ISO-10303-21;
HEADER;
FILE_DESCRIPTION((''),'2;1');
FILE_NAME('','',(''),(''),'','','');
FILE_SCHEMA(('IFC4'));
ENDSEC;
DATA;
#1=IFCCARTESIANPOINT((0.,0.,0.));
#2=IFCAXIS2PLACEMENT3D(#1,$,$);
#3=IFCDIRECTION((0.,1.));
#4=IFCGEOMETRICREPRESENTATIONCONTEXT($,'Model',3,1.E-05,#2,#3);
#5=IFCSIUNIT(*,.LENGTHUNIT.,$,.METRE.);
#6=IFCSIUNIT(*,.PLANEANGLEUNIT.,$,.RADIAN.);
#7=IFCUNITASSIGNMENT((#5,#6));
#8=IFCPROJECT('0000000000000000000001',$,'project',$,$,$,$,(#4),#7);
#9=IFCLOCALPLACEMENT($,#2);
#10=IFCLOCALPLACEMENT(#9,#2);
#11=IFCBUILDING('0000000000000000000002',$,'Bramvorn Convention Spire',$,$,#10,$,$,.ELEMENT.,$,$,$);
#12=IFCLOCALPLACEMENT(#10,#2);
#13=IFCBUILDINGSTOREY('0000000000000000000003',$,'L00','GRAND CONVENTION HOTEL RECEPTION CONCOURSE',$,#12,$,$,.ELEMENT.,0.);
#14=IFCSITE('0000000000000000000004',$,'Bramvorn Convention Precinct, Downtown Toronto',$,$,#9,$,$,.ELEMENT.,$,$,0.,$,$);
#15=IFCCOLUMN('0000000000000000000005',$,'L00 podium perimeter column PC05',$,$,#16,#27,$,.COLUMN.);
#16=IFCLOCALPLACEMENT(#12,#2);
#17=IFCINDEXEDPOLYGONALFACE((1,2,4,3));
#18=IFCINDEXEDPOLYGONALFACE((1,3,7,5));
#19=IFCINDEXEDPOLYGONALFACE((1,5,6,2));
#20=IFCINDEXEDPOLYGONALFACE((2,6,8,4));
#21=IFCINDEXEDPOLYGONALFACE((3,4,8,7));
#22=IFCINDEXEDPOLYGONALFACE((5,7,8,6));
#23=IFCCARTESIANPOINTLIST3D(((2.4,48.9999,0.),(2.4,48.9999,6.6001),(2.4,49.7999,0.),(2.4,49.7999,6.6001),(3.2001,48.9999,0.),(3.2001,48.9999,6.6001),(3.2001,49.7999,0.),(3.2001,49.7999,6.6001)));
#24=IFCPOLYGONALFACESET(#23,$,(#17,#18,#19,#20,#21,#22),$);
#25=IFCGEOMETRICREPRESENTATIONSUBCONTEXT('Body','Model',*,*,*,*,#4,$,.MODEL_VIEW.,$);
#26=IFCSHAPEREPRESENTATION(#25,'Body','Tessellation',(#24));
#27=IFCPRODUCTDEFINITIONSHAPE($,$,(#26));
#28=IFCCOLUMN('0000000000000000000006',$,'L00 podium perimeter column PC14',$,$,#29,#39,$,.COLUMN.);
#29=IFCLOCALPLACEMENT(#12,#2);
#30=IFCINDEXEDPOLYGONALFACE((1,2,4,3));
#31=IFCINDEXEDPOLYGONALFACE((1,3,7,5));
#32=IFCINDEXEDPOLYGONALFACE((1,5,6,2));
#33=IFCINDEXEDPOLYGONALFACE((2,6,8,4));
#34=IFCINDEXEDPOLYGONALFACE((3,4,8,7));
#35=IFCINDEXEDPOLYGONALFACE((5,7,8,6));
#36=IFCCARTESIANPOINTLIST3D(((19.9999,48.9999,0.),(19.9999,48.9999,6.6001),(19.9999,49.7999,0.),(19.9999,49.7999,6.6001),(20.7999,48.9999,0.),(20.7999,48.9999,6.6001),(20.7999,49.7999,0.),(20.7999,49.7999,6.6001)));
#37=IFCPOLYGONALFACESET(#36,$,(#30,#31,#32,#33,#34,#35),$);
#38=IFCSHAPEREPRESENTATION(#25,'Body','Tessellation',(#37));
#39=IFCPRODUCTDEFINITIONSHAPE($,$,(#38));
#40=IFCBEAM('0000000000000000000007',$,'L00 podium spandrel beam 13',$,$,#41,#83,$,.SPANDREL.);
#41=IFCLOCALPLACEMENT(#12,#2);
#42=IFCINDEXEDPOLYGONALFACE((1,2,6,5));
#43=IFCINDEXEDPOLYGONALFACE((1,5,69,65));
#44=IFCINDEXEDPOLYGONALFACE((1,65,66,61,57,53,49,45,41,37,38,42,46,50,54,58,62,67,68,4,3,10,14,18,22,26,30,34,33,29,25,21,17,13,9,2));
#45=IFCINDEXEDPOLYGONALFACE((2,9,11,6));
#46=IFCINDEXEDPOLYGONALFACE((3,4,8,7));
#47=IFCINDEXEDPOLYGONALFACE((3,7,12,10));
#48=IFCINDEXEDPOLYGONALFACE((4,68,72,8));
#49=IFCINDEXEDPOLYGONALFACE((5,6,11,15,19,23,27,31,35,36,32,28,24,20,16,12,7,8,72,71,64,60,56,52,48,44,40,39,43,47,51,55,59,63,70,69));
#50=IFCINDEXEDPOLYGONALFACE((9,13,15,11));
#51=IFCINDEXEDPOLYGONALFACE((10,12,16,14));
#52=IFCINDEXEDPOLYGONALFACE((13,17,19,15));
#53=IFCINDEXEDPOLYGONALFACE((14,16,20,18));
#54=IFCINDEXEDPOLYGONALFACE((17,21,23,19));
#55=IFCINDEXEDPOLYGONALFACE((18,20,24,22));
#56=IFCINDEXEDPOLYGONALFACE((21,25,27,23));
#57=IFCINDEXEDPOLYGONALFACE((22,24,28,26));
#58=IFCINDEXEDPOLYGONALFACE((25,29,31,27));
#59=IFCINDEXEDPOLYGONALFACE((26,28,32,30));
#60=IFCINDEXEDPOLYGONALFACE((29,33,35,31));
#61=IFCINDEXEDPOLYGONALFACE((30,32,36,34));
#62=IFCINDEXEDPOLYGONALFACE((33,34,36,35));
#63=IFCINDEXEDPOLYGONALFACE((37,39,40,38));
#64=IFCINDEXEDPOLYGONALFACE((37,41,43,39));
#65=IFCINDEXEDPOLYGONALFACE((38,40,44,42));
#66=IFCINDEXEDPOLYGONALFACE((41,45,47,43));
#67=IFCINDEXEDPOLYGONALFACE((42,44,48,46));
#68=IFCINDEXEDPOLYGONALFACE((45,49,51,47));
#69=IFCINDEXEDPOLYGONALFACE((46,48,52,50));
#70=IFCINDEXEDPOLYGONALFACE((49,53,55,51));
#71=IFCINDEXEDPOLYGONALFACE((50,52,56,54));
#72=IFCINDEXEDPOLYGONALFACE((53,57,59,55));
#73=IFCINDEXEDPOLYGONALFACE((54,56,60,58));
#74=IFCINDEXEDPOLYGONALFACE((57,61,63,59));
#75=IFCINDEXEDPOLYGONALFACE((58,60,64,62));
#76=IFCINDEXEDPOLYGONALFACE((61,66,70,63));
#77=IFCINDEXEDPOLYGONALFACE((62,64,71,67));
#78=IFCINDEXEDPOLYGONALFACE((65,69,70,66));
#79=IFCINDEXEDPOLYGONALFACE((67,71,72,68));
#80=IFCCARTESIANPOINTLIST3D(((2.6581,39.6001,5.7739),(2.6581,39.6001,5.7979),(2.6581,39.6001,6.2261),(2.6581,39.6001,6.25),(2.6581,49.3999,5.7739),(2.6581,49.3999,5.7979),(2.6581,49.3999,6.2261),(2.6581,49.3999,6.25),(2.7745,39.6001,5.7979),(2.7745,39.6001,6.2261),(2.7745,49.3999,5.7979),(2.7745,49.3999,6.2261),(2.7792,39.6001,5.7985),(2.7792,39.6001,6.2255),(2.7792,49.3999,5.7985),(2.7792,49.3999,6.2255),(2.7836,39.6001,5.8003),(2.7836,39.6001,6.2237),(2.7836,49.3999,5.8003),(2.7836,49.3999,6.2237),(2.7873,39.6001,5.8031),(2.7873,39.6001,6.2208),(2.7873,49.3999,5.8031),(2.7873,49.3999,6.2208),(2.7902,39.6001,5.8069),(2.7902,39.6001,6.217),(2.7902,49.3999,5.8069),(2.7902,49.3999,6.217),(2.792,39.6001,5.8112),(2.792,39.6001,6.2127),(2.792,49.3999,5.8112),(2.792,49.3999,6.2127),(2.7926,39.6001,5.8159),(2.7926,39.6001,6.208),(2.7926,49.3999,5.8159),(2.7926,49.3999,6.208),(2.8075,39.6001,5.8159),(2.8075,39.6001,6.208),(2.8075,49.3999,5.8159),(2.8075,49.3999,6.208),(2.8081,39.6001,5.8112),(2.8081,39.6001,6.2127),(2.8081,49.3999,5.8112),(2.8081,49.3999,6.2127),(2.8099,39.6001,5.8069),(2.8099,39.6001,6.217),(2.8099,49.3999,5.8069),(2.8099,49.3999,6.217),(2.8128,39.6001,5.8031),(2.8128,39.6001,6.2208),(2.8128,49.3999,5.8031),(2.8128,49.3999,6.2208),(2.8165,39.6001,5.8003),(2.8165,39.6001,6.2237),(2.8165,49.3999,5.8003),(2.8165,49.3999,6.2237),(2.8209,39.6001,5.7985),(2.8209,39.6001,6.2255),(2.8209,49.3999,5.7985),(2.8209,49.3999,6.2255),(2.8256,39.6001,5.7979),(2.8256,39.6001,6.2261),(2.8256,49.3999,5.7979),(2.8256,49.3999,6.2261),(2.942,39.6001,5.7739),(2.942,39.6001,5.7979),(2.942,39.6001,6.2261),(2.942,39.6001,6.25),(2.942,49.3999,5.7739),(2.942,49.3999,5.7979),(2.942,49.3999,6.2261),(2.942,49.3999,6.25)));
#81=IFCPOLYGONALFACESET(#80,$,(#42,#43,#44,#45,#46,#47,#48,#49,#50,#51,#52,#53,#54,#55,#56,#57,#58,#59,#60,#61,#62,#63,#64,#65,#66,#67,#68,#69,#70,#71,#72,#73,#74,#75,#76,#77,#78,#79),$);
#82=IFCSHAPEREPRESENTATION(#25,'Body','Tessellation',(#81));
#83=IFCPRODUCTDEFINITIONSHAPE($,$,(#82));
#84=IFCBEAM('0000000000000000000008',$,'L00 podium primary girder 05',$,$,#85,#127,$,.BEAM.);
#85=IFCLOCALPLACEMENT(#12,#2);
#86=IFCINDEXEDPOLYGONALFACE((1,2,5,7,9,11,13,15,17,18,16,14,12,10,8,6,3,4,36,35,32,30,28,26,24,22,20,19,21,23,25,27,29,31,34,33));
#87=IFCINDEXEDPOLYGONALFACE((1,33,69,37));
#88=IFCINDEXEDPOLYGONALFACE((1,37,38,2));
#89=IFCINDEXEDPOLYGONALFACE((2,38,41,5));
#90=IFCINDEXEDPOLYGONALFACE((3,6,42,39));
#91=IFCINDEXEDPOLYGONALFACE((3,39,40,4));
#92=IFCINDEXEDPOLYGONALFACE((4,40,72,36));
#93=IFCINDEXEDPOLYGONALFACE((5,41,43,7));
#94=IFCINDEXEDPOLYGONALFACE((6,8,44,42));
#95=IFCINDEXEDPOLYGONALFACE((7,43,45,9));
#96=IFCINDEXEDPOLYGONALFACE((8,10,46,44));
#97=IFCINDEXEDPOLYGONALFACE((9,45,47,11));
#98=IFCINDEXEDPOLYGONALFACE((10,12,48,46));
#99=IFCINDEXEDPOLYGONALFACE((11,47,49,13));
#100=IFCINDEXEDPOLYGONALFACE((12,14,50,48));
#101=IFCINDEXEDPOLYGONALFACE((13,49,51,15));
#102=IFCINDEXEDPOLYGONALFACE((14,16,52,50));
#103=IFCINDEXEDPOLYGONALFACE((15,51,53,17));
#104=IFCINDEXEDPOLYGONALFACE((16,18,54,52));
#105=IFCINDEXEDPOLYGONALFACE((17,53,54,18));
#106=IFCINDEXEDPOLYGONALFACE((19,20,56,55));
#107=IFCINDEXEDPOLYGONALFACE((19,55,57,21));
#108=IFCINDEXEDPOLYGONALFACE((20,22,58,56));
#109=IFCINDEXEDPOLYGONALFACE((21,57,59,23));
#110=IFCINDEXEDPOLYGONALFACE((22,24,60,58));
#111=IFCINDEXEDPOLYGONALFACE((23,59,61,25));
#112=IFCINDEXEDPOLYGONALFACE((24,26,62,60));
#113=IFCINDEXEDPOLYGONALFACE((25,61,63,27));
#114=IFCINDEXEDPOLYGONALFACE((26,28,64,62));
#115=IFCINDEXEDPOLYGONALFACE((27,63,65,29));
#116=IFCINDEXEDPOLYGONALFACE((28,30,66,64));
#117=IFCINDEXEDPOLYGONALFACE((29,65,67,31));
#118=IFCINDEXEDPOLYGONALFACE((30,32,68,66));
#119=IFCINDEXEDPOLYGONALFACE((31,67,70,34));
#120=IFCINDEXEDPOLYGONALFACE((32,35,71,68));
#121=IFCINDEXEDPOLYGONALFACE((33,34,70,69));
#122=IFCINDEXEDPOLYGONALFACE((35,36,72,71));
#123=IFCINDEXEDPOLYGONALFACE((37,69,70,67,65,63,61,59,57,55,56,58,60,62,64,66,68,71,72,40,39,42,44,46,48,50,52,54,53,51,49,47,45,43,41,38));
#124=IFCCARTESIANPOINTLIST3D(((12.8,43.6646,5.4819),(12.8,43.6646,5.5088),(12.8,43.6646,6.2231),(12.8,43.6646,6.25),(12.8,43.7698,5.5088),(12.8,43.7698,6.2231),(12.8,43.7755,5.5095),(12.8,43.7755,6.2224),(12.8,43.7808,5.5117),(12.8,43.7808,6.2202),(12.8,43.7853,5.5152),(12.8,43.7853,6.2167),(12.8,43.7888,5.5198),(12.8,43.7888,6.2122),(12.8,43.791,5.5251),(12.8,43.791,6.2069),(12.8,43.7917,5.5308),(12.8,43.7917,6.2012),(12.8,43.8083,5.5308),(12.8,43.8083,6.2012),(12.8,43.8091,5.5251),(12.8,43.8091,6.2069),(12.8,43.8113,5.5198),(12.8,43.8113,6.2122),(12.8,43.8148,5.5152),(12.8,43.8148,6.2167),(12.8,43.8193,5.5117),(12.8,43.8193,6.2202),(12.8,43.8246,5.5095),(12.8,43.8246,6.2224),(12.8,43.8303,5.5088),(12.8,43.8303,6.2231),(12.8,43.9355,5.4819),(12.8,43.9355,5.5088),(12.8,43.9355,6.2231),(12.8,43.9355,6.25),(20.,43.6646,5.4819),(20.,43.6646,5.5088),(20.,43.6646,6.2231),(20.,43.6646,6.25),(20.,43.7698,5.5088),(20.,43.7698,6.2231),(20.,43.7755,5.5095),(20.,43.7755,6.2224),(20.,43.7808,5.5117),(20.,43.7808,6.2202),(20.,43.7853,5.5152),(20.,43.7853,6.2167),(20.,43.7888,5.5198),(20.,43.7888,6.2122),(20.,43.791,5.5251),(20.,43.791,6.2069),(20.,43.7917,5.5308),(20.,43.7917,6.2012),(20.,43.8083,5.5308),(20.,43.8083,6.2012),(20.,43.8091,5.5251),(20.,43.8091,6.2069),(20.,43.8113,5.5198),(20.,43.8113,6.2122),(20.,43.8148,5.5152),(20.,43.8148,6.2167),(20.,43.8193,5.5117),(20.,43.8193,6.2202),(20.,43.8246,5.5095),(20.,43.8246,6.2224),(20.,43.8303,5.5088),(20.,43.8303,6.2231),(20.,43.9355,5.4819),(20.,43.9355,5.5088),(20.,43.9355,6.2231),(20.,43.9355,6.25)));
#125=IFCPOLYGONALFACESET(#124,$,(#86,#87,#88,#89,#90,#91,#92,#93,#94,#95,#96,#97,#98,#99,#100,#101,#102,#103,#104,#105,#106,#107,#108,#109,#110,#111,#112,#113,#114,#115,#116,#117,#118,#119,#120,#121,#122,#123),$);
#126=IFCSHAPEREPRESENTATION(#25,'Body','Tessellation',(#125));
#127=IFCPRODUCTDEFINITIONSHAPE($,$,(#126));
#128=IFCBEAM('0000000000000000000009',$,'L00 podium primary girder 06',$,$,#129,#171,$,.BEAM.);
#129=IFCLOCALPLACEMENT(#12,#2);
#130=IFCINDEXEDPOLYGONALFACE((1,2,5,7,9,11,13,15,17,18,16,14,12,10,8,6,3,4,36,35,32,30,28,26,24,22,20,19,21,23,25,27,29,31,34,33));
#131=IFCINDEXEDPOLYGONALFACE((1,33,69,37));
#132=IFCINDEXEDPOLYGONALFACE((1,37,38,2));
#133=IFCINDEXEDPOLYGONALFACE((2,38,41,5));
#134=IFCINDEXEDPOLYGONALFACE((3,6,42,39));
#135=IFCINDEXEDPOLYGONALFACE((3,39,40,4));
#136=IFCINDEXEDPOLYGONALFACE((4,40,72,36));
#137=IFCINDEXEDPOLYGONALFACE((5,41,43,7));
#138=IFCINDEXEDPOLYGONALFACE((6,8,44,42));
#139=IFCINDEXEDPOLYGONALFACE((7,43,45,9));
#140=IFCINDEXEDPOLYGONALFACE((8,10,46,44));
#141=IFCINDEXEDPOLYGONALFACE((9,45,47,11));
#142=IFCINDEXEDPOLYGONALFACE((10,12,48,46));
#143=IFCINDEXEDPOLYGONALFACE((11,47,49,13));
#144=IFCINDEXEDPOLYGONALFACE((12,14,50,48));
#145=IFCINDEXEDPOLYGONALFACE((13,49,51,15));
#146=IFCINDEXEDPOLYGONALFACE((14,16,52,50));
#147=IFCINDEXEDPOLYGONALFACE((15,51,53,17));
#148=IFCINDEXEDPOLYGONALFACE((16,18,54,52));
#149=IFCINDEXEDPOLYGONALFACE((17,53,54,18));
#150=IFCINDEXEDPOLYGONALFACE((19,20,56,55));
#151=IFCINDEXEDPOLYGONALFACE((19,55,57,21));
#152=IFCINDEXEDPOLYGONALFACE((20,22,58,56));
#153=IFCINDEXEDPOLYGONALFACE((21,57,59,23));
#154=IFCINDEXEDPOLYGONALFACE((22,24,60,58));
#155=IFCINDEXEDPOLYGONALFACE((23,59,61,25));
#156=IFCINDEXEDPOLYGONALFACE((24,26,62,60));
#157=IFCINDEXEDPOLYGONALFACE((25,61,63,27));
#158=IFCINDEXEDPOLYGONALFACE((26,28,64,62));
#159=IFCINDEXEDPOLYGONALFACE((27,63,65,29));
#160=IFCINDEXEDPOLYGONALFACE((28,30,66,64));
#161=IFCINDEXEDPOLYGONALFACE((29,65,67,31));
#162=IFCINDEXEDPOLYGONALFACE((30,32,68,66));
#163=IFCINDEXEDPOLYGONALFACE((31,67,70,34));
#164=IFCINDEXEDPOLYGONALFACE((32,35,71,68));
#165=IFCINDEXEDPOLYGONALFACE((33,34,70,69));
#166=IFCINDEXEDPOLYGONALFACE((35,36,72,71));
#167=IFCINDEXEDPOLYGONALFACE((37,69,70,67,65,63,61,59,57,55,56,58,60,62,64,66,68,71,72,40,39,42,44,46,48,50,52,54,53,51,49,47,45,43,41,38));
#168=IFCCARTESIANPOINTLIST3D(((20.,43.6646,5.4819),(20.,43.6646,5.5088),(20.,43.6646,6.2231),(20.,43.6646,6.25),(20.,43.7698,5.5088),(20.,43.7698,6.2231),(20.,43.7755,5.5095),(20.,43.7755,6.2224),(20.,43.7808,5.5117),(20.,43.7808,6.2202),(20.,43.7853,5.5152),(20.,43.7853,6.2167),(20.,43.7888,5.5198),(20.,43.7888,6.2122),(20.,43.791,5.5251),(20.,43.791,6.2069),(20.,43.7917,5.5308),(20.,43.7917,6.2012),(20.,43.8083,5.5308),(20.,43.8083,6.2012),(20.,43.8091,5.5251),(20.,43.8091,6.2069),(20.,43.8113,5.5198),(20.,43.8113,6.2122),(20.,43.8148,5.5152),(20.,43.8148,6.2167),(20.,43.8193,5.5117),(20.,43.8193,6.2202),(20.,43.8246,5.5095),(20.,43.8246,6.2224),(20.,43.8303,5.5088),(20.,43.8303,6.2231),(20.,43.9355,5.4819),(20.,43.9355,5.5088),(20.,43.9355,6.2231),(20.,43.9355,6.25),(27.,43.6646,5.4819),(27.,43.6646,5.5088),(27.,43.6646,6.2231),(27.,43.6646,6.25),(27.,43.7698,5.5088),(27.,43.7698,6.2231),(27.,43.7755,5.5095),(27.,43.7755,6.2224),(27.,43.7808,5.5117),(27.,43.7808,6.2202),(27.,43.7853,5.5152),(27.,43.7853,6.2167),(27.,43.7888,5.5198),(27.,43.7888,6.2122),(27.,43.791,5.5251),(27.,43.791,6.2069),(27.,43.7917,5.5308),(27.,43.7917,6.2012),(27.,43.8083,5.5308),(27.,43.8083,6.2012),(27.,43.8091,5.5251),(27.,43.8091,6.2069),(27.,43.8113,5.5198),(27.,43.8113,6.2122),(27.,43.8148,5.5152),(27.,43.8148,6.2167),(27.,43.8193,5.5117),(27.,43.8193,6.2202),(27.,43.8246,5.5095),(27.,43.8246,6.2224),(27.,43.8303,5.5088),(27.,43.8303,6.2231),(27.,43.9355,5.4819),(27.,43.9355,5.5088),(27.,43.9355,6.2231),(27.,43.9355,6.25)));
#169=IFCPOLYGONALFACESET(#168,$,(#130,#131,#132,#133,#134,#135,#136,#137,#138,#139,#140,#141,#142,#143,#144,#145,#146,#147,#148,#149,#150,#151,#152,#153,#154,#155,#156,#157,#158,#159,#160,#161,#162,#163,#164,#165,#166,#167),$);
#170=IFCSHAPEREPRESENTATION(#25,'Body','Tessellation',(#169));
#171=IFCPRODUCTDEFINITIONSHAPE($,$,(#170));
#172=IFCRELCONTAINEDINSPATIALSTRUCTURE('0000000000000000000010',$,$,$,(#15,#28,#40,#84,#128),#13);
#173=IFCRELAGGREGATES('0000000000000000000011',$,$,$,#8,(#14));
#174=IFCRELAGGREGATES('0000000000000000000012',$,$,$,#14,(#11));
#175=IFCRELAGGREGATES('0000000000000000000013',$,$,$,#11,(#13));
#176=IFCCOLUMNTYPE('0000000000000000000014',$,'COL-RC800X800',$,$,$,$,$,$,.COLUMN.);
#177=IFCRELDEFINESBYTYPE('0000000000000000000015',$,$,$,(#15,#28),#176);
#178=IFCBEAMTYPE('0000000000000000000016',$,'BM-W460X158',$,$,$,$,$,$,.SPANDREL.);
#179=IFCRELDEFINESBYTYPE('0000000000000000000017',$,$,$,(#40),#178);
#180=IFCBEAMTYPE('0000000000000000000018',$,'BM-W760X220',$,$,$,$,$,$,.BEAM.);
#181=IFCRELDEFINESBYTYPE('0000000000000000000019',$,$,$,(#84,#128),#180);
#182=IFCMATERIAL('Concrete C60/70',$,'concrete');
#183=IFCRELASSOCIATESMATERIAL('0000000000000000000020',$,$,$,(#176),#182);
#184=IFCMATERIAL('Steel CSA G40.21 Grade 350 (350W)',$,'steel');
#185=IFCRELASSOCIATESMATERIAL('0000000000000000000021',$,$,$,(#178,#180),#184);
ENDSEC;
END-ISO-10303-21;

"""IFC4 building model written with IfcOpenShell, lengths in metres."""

from ifc_helpers import new_model, si_unit, direction, frame, origin, origin_2d, place, context, subcontext, project, spatial, rectangle, i_section, extrude, material, material_profile, profile_set, type_object, element, save


model = new_model("IFC4")

# Units and contexts
model_context = context("Model", 3, precision=1e-05, world=origin(), true_north=direction((0.0, 1.0)))
body_context = subcontext(model_context, "Body", "Model", "MODEL_VIEW")
ifc_project = project(units=[si_unit("LENGTHUNIT", "METRE"), si_unit("PLANEANGLEUNIT", "RADIAN")], contexts=[model_context])

# Site, building, storey
site_placement = place(None, origin())
site = spatial("IfcSite", under=ifc_project, at=site_placement, Name="Bramvorn Convention Precinct, Downtown Toronto", CompositionType="ELEMENT", RefElevation=0.0)
building_placement = place(site_placement, origin())
building = spatial("IfcBuilding", under=site, at=building_placement, Name="Bramvorn Convention Spire", CompositionType="ELEMENT")
storey_placement = place(building_placement, origin())
storey = spatial("IfcBuildingStorey", under=building, at=storey_placement, Name="L00", Description="GRAND CONVENTION HOTEL RECEPTION CONCOURSE", CompositionType="ELEMENT", Elevation=0.0)

# Columns
ifc_material_1 = material(Name="Steel CSA G40.21 Grade 350 (350W)", Category="steel")
ifc_material_2 = material(Name="Concrete C60/70", Category="concrete")
ifc_material_profile_1 = material_profile(ifc_material_2, rectangle(XDim=0.8, YDim=0.8, at=origin_2d()))
ifc_profile_set_1 = profile_set([ifc_material_profile_1], Name="Concrete C60/70 - RC800X800")
column_type_1 = type_object("IfcColumnType", Name="COL-RC800X800", PredefinedType="COLUMN", material=ifc_profile_set_1)
for number, where, z_axis, x_axis, name in (
    (1, (2.8, 49.3999, 0.0), (0.0, 0.0, 1.0), (1.0, 0.0, 0.0), "L00 podium perimeter column PC05"),
    (2, (20.3999, 49.3999, 0.0), (0.0, 0.0, 1.0), (1.0, 0.0, 0.0), "L00 podium perimeter column PC14"),
):
    element("IfcColumn", number, at=place(storey_placement, frame(where, z_axis=z_axis, x_axis=x_axis)), inside=storey, type_object=column_type_1, Name=name, PredefinedType="COLUMN", context=body_context, shape_type="SweptSolid", body=[
        extrude(rectangle(XDim=0.8, YDim=0.8, at=origin_2d()), origin(), (0.0, 0.0, 1.0), 6.6001),
    ])

# Beams
ifc_material_profile_2 = material_profile(ifc_material_1, i_section(OverallWidth=0.2839, OverallDepth=0.4761, WebThickness=0.0149, FlangeThickness=0.0239, FilletRadius=0.0181, at=origin_2d()))
ifc_profile_set_2 = profile_set([ifc_material_profile_2], Name="Steel CSA G40.21 Grade 350 (350W) - W460X158")
beam_type_1 = type_object("IfcBeamType", Name="BM-W460X158", PredefinedType="SPANDREL", material=ifc_profile_set_2)
beam_1_placement = place(storey_placement, frame((2.8, 49.3999, 6.012), z_axis=(0.0, -1.0, 0.0), x_axis=(1.0, 0.0, 0.0)))
element("IfcBeam", 3, at=beam_1_placement, inside=storey, type_object=beam_type_1, Name="L00 podium spandrel beam 13", PredefinedType="SPANDREL", context=body_context, shape_type="SweptSolid", body=[
    extrude(i_section(OverallWidth=0.2839, OverallDepth=0.4761, WebThickness=0.0149, FlangeThickness=0.0239, FilletRadius=0.0181, at=origin_2d()), origin(), (0.0, 0.0, 1.0), 9.7998),
])
ifc_material_profile_3 = material_profile(ifc_material_1, i_section(OverallWidth=0.271, OverallDepth=0.7681, WebThickness=0.0166, FlangeThickness=0.0269, FilletRadius=0.022, at=origin_2d()))
ifc_profile_set_3 = profile_set([ifc_material_profile_3], Name="Steel CSA G40.21 Grade 350 (350W) - W760X220")
beam_type_2 = type_object("IfcBeamType", Name="BM-W760X220", PredefinedType="BEAM", material=ifc_profile_set_3)
beam_2_placement = place(storey_placement, frame((12.8, 43.8, 5.866), z_axis=(1.0, 0.0, 0.0), x_axis=(0.0, 1.0, 0.0)))
element("IfcBeam", 4, at=beam_2_placement, inside=storey, type_object=beam_type_2, Name="L00 podium primary girder 05", PredefinedType="BEAM", context=body_context, shape_type="SweptSolid", body=[
    extrude(i_section(OverallWidth=0.271, OverallDepth=0.7681, WebThickness=0.0166, FlangeThickness=0.0269, FilletRadius=0.022, at=origin_2d()), origin(), (0.0, 0.0, 1.0), 7.2),
])
beam_3_placement = place(storey_placement, frame((20.0, 43.8, 5.866), z_axis=(1.0, 0.0, 0.0), x_axis=(0.0, 1.0, 0.0)))
element("IfcBeam", 5, at=beam_3_placement, inside=storey, type_object=beam_type_2, Name="L00 podium primary girder 06", PredefinedType="BEAM", context=body_context, shape_type="SweptSolid", body=[
    extrude(i_section(OverallWidth=0.271, OverallDepth=0.7681, WebThickness=0.0166, FlangeThickness=0.0269, FilletRadius=0.022, at=origin_2d()), origin(), (0.0, 0.0, 1.0), 7.0),
])

save(model, "model.ifc")
